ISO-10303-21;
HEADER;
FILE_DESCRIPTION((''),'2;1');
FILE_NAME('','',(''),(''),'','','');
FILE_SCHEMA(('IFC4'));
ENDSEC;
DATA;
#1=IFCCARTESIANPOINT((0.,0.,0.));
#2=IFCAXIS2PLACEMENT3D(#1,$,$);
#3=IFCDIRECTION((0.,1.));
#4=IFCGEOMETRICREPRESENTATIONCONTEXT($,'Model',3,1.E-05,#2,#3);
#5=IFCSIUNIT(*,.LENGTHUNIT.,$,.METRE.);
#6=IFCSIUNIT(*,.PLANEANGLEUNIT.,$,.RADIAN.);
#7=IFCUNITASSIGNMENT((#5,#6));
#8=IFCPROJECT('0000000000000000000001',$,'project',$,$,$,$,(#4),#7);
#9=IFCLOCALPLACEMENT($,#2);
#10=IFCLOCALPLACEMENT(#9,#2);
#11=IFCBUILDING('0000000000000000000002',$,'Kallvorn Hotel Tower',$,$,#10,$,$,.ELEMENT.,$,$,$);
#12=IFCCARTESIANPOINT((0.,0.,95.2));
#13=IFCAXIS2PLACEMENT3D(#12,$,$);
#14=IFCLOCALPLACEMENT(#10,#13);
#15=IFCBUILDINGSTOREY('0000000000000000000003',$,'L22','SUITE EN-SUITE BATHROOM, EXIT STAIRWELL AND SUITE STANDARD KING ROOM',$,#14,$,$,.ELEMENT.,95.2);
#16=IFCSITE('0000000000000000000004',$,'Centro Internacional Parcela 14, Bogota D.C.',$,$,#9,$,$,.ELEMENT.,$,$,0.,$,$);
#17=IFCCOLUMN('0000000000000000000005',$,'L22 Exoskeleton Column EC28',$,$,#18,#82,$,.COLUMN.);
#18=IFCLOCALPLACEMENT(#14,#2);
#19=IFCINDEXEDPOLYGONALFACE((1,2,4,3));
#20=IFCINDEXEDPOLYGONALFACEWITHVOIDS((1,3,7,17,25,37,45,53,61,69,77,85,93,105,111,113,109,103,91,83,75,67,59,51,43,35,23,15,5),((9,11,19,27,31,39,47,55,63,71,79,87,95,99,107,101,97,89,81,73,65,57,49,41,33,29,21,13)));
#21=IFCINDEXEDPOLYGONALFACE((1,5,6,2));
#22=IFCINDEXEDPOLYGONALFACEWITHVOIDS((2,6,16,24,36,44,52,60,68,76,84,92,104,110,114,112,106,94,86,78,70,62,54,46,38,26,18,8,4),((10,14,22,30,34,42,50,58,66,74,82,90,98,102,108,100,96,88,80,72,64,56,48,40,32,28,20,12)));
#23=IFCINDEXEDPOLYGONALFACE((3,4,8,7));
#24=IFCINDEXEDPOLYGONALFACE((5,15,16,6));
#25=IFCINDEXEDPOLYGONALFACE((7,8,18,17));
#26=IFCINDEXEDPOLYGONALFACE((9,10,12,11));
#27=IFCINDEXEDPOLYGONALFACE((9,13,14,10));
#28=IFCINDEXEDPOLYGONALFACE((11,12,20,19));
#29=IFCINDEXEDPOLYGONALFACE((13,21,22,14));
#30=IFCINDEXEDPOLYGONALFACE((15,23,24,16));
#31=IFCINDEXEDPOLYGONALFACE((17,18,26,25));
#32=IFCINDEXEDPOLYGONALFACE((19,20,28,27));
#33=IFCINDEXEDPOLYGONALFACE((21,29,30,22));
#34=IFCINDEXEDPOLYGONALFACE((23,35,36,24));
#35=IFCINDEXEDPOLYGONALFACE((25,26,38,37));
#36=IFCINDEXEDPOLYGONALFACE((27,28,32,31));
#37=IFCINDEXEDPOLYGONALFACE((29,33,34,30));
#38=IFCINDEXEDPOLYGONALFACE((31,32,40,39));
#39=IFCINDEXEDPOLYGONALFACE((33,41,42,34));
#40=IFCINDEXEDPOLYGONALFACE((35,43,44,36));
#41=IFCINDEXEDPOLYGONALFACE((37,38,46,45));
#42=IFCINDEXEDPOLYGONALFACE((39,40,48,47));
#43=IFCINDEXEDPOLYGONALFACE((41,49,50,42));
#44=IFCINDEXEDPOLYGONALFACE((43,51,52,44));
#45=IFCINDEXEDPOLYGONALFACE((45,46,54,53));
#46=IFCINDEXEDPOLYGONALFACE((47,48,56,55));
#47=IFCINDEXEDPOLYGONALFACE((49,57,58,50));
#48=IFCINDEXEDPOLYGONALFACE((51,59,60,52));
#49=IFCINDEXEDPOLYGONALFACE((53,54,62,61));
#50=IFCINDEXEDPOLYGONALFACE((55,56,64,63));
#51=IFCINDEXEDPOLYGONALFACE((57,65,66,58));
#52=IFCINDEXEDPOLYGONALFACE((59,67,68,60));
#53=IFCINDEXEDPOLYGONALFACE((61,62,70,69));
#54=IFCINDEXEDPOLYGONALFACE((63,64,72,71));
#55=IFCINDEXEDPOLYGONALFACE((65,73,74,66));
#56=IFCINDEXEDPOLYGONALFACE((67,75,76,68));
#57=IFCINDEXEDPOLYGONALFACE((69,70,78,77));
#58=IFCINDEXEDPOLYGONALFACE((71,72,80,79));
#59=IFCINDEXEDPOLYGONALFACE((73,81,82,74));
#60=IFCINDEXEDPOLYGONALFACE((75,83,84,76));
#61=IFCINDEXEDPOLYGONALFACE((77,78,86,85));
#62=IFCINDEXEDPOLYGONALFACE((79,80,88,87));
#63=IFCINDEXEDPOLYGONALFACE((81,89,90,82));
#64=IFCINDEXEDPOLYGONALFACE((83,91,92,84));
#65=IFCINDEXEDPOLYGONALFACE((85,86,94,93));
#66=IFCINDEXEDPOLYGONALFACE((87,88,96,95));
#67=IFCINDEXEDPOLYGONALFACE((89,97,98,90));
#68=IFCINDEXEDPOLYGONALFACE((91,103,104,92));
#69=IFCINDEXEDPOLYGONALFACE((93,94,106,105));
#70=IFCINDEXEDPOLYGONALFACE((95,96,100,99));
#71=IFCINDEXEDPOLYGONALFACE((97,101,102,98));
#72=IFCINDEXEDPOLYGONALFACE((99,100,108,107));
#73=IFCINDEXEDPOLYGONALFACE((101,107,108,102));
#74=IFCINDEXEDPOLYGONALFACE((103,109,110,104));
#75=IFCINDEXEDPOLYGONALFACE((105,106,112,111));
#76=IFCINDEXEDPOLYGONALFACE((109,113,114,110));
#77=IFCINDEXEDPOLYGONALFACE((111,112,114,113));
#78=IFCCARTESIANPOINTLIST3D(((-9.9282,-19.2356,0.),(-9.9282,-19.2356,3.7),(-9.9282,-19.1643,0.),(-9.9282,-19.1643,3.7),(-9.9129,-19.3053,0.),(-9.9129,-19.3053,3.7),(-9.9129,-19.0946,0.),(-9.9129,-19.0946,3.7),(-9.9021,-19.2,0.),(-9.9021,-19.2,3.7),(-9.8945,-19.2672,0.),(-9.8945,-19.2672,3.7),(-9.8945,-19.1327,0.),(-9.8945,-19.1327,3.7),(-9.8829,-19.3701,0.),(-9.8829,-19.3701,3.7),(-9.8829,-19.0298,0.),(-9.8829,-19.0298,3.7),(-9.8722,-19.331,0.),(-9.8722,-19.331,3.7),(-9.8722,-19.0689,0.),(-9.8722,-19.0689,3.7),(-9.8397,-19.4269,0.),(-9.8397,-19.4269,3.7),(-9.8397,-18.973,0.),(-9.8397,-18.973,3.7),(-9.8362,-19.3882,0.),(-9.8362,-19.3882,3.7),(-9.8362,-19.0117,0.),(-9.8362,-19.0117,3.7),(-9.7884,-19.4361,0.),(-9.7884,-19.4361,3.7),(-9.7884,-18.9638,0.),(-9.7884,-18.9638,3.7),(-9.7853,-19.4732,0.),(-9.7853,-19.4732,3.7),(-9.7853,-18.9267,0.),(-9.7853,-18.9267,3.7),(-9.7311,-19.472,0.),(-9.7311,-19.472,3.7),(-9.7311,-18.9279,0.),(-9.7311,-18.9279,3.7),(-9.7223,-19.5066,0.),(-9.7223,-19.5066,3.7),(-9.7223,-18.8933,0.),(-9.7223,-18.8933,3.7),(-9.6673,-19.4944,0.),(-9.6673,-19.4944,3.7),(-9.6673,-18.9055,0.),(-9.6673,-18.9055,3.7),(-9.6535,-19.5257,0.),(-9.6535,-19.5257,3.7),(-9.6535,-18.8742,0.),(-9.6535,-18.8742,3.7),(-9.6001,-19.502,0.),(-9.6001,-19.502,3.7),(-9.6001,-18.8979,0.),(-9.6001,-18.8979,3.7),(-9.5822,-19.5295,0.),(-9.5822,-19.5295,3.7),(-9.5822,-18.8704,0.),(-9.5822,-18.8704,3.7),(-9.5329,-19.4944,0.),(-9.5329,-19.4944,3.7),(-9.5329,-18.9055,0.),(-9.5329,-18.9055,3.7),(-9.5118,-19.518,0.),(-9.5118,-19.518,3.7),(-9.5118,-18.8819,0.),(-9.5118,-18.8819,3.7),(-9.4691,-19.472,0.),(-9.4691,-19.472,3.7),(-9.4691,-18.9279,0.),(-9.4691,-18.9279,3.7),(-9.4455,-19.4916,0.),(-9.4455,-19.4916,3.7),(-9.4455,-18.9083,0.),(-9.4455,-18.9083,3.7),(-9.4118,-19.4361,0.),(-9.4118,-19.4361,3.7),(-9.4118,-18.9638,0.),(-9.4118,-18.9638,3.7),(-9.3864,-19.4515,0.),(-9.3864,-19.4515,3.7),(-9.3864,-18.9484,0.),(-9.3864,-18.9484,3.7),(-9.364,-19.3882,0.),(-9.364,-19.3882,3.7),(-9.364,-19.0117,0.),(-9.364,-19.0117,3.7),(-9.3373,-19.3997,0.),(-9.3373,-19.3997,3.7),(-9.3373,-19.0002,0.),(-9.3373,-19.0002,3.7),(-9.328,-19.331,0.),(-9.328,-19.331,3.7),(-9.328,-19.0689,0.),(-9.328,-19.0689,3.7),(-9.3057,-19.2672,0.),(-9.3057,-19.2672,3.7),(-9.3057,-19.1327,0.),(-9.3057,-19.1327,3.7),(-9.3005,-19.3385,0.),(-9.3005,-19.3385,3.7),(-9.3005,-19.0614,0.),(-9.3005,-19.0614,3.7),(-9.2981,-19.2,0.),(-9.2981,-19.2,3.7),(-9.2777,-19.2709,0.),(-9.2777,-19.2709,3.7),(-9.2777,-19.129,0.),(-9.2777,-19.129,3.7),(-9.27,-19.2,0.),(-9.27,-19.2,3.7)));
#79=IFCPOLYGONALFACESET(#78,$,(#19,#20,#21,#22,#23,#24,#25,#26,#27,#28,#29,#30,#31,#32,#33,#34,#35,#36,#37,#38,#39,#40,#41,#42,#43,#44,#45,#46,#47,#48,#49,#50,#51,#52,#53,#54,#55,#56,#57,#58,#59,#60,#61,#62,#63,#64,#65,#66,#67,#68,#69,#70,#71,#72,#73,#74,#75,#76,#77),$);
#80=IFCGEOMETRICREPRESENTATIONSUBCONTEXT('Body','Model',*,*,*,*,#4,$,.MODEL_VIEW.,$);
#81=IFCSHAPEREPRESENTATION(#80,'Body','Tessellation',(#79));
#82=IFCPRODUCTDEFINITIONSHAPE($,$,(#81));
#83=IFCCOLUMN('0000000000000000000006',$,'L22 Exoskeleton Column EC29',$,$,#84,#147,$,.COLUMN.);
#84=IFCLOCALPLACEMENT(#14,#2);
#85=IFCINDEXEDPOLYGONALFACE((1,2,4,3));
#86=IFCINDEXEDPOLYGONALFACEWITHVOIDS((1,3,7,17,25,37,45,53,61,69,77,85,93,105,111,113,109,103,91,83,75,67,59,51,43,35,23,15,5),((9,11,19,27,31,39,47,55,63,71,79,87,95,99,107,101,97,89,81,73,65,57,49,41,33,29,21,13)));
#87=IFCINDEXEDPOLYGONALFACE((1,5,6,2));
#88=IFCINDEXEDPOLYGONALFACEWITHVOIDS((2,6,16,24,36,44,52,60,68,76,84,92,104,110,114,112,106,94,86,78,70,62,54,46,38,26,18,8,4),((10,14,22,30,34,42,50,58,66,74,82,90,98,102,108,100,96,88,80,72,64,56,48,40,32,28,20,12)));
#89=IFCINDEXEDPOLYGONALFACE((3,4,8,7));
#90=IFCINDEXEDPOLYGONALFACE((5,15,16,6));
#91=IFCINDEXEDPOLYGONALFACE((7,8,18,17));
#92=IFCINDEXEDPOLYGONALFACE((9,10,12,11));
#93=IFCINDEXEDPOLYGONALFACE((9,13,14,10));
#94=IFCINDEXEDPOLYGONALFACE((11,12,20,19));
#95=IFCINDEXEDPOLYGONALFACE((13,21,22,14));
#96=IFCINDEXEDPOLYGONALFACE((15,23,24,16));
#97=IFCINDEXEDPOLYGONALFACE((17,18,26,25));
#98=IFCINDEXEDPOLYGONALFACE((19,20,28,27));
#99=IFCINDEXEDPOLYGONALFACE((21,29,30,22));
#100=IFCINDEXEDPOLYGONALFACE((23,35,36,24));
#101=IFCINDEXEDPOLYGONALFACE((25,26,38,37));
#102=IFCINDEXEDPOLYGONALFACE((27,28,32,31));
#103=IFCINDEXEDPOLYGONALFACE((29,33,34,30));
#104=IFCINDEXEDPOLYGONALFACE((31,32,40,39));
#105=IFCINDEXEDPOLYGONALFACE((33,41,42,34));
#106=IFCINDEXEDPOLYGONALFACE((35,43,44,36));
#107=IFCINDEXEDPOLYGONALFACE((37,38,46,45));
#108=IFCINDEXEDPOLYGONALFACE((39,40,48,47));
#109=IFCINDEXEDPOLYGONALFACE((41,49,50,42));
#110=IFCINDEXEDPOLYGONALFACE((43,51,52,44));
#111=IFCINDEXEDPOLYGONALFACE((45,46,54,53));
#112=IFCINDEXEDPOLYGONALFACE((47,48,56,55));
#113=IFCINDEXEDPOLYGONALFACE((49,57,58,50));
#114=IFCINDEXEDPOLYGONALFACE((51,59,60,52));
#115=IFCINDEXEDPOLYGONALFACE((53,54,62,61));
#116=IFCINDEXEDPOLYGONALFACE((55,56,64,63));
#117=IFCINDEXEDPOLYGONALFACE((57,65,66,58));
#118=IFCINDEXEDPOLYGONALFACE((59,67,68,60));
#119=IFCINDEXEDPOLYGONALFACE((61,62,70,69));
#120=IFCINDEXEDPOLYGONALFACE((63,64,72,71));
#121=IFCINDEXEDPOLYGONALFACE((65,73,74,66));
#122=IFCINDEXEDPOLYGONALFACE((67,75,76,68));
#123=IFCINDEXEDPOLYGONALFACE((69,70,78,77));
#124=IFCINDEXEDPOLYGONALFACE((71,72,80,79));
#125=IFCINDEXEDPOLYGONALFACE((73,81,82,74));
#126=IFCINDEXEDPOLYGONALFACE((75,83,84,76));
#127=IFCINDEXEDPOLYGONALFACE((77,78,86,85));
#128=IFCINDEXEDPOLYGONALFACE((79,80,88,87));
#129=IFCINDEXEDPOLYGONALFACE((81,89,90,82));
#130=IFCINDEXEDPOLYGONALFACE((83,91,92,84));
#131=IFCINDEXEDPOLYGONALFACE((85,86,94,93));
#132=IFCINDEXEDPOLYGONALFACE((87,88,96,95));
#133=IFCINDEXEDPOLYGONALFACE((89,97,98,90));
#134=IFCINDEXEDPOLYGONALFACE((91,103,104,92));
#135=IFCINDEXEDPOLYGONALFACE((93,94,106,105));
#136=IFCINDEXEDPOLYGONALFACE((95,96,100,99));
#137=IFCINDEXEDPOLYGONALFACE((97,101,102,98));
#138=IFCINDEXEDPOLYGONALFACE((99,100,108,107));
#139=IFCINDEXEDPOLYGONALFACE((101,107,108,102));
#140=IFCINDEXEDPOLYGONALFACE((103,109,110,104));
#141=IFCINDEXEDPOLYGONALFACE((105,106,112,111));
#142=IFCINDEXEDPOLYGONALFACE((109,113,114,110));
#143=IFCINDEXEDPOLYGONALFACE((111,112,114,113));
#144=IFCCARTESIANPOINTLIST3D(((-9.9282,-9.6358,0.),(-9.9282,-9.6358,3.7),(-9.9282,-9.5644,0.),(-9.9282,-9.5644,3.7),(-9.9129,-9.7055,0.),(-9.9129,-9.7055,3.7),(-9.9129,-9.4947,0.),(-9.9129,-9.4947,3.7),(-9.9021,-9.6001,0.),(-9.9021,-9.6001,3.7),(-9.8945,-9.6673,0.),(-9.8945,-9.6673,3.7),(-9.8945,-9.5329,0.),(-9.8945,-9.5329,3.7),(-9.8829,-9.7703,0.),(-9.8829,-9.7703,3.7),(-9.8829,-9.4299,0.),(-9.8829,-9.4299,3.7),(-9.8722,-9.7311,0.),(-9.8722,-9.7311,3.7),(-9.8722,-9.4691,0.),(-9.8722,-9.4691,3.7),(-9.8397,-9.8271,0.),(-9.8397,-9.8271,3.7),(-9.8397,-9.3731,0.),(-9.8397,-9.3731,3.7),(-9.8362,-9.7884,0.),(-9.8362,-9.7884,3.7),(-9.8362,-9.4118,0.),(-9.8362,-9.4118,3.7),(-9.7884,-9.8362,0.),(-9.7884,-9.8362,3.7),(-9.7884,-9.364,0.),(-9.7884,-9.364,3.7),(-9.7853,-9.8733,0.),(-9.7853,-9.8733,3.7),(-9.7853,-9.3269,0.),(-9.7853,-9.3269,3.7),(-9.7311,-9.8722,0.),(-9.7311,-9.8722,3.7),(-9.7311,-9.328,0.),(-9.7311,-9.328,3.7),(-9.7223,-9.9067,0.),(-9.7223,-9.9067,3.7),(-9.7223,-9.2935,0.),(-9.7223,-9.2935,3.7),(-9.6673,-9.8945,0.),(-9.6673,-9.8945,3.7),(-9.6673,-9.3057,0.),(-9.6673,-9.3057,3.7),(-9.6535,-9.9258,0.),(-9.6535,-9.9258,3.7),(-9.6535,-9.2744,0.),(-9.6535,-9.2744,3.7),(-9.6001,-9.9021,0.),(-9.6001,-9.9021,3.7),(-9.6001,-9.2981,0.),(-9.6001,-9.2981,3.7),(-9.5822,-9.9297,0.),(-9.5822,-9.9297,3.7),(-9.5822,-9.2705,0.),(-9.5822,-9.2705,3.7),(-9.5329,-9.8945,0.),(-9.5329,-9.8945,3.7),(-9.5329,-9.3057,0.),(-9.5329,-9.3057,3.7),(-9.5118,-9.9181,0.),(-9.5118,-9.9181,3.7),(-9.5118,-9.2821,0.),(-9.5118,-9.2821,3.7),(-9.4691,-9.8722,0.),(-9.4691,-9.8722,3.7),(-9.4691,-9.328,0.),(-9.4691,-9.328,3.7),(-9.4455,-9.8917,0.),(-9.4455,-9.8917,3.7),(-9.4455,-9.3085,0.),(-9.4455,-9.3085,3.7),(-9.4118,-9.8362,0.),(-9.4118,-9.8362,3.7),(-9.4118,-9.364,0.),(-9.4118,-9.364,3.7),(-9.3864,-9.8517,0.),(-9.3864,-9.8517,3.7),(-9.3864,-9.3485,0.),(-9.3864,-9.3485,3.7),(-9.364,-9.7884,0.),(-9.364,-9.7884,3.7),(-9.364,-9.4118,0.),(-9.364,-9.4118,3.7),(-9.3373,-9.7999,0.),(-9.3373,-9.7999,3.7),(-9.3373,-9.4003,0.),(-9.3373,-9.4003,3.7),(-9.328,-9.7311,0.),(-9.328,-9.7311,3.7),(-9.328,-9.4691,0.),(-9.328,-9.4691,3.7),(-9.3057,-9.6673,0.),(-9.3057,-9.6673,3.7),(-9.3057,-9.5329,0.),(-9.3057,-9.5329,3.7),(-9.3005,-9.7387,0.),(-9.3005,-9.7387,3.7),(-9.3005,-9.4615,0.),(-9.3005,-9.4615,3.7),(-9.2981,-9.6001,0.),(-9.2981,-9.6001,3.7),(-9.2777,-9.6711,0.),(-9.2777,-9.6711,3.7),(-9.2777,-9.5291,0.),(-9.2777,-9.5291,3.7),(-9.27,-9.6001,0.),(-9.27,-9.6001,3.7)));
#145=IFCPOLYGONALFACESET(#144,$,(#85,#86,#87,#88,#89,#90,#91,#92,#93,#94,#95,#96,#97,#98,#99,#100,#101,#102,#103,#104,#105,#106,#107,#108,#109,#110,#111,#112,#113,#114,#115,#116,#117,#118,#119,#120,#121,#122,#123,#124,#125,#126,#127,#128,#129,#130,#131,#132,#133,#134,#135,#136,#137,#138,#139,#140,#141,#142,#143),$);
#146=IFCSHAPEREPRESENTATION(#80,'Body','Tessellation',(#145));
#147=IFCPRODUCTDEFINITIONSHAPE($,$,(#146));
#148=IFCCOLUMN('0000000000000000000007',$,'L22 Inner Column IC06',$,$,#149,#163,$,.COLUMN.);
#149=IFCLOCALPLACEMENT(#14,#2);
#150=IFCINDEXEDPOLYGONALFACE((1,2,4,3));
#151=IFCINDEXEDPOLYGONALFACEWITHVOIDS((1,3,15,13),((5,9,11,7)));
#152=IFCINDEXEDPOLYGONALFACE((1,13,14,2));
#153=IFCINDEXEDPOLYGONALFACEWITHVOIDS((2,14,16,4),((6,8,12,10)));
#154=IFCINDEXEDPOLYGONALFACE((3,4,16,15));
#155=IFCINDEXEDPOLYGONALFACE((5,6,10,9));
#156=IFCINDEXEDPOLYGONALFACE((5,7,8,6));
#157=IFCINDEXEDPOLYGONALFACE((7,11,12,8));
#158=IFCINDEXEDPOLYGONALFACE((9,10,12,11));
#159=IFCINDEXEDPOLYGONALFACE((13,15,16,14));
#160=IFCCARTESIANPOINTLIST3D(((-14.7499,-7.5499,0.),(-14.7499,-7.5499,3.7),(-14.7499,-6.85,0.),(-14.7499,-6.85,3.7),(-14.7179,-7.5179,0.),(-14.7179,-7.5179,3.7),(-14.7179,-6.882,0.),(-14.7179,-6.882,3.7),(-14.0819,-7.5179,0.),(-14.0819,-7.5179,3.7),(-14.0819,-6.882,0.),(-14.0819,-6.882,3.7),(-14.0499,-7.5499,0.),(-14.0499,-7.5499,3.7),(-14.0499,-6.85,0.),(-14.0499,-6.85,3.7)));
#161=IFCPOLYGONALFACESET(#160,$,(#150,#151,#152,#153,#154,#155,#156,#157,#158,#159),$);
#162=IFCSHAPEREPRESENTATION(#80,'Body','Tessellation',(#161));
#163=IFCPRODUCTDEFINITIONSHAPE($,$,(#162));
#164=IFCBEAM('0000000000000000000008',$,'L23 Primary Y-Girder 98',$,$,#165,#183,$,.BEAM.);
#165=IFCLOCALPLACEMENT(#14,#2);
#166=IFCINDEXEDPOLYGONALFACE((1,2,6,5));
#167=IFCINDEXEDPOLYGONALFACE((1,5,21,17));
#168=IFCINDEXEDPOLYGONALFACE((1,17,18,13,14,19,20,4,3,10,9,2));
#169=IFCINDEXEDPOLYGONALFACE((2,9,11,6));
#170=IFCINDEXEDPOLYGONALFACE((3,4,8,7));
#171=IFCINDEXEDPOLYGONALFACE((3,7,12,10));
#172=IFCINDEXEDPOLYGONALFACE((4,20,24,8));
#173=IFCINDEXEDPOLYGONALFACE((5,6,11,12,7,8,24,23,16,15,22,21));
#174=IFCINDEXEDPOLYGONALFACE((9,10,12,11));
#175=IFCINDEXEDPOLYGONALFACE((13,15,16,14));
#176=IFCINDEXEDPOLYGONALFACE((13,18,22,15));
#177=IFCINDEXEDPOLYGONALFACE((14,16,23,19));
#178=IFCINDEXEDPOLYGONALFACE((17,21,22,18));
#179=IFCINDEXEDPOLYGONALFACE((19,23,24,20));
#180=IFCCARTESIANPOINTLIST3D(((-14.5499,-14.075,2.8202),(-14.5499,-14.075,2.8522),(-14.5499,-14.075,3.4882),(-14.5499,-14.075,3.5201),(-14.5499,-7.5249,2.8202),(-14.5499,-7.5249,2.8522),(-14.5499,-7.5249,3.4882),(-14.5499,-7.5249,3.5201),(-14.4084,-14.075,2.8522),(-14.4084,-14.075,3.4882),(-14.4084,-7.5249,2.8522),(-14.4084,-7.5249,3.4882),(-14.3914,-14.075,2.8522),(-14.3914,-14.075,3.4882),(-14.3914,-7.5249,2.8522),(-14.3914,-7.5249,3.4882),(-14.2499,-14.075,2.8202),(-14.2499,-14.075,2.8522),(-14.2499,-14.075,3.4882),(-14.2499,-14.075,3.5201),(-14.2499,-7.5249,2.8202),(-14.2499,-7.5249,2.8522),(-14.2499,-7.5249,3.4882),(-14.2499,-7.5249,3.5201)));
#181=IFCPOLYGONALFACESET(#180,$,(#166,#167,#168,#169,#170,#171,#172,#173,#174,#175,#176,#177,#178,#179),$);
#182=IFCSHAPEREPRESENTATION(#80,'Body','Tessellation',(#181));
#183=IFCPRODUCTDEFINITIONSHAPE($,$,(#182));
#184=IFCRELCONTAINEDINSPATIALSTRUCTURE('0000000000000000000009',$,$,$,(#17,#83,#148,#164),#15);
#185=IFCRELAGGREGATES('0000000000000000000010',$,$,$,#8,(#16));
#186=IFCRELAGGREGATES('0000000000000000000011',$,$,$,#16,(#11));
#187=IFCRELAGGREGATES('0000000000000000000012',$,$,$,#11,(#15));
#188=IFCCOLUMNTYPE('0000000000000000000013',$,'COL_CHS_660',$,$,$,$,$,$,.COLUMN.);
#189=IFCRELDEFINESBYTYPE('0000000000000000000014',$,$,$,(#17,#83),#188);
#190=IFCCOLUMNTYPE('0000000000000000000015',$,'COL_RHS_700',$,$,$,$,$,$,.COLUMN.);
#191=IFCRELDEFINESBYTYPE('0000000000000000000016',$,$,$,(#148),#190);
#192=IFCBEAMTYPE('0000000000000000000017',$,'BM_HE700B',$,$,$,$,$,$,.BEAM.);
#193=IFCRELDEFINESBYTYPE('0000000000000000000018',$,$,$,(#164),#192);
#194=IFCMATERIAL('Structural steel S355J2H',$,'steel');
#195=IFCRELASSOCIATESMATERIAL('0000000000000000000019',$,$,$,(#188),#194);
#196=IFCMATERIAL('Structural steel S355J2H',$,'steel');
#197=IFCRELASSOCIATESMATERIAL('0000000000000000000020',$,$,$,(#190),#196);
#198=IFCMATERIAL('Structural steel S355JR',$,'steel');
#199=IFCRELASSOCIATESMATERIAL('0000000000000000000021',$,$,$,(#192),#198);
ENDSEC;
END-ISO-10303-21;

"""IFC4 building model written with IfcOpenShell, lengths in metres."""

from ifc_helpers import new_model, si_unit, direction, frame, origin, origin_2d, place, context, subcontext, project, spatial, hollow_rectangle, hollow_circle, i_section, extrude, material, material_profile, profile_set, type_object, element, save


model = new_model("IFC4")

# Units and contexts
model_context = context("Model", 3, precision=1e-05, world=origin(), true_north=direction((0.0, 1.0)))
body_context = subcontext(model_context, "Body", "Model", "MODEL_VIEW")
ifc_project = project(units=[si_unit("LENGTHUNIT", "METRE"), si_unit("PLANEANGLEUNIT", "RADIAN")], contexts=[model_context])

# Site, building, storey
site_placement = place(None, origin())
site = spatial("IfcSite", under=ifc_project, at=site_placement, Name="Centro Internacional Parcela 14, Bogota D.C.", CompositionType="ELEMENT", RefElevation=0.0)
building_placement = place(site_placement, origin())
building = spatial("IfcBuilding", under=site, at=building_placement, Name="Kallvorn Hotel Tower", CompositionType="ELEMENT")
storey_placement = place(building_placement, frame((0.0, 0.0, 95.2)))
storey = spatial("IfcBuildingStorey", under=building, at=storey_placement, Name="L22", Description="SUITE EN-SUITE BATHROOM, EXIT STAIRWELL AND SUITE STANDARD KING ROOM", CompositionType="ELEMENT", Elevation=95.2)

# Columns
ifc_material_1 = material(Name="Structural steel S355J2H", Category="steel")
ifc_material_profile_1 = material_profile(ifc_material_1, hollow_circle(Radius=0.3301, WallThickness=0.0281, at=origin_2d()), Name="CHS 660x28")
ifc_profile_set_1 = profile_set([ifc_material_profile_1], Name="Structural steel S355J2H")
column_type_1 = type_object("IfcColumnType", Name="COL_CHS_660", PredefinedType="COLUMN", material=ifc_profile_set_1)
for number, where, z_axis, x_axis, name in (
    (1, (-9.6001, -19.2, 0.0), (0.0, 0.0, 1.0), (1.0, 0.0, 0.0), "L22 Exoskeleton Column EC28"),
    (2, (-9.6001, -9.6001, 0.0), (0.0, 0.0, 1.0), (1.0, 0.0, 0.0), "L22 Exoskeleton Column EC29"),
):
    element("IfcColumn", number, at=place(storey_placement, frame(where, z_axis=z_axis, x_axis=x_axis)), inside=storey, type_object=column_type_1, Name=name, PredefinedType="COLUMN", context=body_context, shape_type="SweptSolid", body=[
        extrude(hollow_circle(Radius=0.3301, WallThickness=0.0281, at=origin_2d()), origin(), (0.0, 0.0, 1.0), 3.7),
    ])
ifc_material_2 = material(Name="Structural steel S355J2H", Category="steel")
ifc_material_profile_2 = material_profile(ifc_material_2, hollow_rectangle(XDim=0.7, YDim=0.7, WallThickness=0.032, at=origin_2d()), Name="RHS 700x700x32")
ifc_profile_set_2 = profile_set([ifc_material_profile_2], Name="Structural steel S355J2H")
column_type_2 = type_object("IfcColumnType", Name="COL_RHS_700", PredefinedType="COLUMN", material=ifc_profile_set_2)
column_placement = place(storey_placement, frame((-14.3999, -7.2, 0.0), z_axis=(0.0, 0.0, 1.0), x_axis=(1.0, 0.0, 0.0)))
element("IfcColumn", 3, at=column_placement, inside=storey, type_object=column_type_2, Name="L22 Inner Column IC06", PredefinedType="COLUMN", context=body_context, shape_type="SweptSolid", body=[
    extrude(hollow_rectangle(XDim=0.7, YDim=0.7, WallThickness=0.032, at=origin_2d()), origin(), (0.0, 0.0, 1.0), 3.7),
])

# Beam
ifc_material_3 = material(Name="Structural steel S355JR", Category="steel")
ifc_material_profile_3 = material_profile(ifc_material_3, i_section(OverallWidth=0.3, OverallDepth=0.7, WebThickness=0.0171, FlangeThickness=0.032, at=origin_2d()), Name="HE 700 B")
ifc_profile_set_3 = profile_set([ifc_material_profile_3], Name="Structural steel S355JR")
beam_type_1 = type_object("IfcBeamType", Name="BM_HE700B", PredefinedType="BEAM", material=ifc_profile_set_3)
beam_1_placement = place(storey_placement, frame((-14.3999, -14.075, 3.1702), z_axis=(0.0, 1.0, 0.0), x_axis=(-1.0, 0.0, 0.0)))
element("IfcBeam", 4, at=beam_1_placement, inside=storey, type_object=beam_type_1, Name="L23 Primary Y-Girder 98", PredefinedType="BEAM", context=body_context, shape_type="SweptSolid", body=[
    extrude(i_section(OverallWidth=0.3, OverallDepth=0.7, WebThickness=0.0171, FlangeThickness=0.032, at=origin_2d()), origin(), (0.0, 0.0, 1.0), 6.55),
])

save(model, "model.ifc")
